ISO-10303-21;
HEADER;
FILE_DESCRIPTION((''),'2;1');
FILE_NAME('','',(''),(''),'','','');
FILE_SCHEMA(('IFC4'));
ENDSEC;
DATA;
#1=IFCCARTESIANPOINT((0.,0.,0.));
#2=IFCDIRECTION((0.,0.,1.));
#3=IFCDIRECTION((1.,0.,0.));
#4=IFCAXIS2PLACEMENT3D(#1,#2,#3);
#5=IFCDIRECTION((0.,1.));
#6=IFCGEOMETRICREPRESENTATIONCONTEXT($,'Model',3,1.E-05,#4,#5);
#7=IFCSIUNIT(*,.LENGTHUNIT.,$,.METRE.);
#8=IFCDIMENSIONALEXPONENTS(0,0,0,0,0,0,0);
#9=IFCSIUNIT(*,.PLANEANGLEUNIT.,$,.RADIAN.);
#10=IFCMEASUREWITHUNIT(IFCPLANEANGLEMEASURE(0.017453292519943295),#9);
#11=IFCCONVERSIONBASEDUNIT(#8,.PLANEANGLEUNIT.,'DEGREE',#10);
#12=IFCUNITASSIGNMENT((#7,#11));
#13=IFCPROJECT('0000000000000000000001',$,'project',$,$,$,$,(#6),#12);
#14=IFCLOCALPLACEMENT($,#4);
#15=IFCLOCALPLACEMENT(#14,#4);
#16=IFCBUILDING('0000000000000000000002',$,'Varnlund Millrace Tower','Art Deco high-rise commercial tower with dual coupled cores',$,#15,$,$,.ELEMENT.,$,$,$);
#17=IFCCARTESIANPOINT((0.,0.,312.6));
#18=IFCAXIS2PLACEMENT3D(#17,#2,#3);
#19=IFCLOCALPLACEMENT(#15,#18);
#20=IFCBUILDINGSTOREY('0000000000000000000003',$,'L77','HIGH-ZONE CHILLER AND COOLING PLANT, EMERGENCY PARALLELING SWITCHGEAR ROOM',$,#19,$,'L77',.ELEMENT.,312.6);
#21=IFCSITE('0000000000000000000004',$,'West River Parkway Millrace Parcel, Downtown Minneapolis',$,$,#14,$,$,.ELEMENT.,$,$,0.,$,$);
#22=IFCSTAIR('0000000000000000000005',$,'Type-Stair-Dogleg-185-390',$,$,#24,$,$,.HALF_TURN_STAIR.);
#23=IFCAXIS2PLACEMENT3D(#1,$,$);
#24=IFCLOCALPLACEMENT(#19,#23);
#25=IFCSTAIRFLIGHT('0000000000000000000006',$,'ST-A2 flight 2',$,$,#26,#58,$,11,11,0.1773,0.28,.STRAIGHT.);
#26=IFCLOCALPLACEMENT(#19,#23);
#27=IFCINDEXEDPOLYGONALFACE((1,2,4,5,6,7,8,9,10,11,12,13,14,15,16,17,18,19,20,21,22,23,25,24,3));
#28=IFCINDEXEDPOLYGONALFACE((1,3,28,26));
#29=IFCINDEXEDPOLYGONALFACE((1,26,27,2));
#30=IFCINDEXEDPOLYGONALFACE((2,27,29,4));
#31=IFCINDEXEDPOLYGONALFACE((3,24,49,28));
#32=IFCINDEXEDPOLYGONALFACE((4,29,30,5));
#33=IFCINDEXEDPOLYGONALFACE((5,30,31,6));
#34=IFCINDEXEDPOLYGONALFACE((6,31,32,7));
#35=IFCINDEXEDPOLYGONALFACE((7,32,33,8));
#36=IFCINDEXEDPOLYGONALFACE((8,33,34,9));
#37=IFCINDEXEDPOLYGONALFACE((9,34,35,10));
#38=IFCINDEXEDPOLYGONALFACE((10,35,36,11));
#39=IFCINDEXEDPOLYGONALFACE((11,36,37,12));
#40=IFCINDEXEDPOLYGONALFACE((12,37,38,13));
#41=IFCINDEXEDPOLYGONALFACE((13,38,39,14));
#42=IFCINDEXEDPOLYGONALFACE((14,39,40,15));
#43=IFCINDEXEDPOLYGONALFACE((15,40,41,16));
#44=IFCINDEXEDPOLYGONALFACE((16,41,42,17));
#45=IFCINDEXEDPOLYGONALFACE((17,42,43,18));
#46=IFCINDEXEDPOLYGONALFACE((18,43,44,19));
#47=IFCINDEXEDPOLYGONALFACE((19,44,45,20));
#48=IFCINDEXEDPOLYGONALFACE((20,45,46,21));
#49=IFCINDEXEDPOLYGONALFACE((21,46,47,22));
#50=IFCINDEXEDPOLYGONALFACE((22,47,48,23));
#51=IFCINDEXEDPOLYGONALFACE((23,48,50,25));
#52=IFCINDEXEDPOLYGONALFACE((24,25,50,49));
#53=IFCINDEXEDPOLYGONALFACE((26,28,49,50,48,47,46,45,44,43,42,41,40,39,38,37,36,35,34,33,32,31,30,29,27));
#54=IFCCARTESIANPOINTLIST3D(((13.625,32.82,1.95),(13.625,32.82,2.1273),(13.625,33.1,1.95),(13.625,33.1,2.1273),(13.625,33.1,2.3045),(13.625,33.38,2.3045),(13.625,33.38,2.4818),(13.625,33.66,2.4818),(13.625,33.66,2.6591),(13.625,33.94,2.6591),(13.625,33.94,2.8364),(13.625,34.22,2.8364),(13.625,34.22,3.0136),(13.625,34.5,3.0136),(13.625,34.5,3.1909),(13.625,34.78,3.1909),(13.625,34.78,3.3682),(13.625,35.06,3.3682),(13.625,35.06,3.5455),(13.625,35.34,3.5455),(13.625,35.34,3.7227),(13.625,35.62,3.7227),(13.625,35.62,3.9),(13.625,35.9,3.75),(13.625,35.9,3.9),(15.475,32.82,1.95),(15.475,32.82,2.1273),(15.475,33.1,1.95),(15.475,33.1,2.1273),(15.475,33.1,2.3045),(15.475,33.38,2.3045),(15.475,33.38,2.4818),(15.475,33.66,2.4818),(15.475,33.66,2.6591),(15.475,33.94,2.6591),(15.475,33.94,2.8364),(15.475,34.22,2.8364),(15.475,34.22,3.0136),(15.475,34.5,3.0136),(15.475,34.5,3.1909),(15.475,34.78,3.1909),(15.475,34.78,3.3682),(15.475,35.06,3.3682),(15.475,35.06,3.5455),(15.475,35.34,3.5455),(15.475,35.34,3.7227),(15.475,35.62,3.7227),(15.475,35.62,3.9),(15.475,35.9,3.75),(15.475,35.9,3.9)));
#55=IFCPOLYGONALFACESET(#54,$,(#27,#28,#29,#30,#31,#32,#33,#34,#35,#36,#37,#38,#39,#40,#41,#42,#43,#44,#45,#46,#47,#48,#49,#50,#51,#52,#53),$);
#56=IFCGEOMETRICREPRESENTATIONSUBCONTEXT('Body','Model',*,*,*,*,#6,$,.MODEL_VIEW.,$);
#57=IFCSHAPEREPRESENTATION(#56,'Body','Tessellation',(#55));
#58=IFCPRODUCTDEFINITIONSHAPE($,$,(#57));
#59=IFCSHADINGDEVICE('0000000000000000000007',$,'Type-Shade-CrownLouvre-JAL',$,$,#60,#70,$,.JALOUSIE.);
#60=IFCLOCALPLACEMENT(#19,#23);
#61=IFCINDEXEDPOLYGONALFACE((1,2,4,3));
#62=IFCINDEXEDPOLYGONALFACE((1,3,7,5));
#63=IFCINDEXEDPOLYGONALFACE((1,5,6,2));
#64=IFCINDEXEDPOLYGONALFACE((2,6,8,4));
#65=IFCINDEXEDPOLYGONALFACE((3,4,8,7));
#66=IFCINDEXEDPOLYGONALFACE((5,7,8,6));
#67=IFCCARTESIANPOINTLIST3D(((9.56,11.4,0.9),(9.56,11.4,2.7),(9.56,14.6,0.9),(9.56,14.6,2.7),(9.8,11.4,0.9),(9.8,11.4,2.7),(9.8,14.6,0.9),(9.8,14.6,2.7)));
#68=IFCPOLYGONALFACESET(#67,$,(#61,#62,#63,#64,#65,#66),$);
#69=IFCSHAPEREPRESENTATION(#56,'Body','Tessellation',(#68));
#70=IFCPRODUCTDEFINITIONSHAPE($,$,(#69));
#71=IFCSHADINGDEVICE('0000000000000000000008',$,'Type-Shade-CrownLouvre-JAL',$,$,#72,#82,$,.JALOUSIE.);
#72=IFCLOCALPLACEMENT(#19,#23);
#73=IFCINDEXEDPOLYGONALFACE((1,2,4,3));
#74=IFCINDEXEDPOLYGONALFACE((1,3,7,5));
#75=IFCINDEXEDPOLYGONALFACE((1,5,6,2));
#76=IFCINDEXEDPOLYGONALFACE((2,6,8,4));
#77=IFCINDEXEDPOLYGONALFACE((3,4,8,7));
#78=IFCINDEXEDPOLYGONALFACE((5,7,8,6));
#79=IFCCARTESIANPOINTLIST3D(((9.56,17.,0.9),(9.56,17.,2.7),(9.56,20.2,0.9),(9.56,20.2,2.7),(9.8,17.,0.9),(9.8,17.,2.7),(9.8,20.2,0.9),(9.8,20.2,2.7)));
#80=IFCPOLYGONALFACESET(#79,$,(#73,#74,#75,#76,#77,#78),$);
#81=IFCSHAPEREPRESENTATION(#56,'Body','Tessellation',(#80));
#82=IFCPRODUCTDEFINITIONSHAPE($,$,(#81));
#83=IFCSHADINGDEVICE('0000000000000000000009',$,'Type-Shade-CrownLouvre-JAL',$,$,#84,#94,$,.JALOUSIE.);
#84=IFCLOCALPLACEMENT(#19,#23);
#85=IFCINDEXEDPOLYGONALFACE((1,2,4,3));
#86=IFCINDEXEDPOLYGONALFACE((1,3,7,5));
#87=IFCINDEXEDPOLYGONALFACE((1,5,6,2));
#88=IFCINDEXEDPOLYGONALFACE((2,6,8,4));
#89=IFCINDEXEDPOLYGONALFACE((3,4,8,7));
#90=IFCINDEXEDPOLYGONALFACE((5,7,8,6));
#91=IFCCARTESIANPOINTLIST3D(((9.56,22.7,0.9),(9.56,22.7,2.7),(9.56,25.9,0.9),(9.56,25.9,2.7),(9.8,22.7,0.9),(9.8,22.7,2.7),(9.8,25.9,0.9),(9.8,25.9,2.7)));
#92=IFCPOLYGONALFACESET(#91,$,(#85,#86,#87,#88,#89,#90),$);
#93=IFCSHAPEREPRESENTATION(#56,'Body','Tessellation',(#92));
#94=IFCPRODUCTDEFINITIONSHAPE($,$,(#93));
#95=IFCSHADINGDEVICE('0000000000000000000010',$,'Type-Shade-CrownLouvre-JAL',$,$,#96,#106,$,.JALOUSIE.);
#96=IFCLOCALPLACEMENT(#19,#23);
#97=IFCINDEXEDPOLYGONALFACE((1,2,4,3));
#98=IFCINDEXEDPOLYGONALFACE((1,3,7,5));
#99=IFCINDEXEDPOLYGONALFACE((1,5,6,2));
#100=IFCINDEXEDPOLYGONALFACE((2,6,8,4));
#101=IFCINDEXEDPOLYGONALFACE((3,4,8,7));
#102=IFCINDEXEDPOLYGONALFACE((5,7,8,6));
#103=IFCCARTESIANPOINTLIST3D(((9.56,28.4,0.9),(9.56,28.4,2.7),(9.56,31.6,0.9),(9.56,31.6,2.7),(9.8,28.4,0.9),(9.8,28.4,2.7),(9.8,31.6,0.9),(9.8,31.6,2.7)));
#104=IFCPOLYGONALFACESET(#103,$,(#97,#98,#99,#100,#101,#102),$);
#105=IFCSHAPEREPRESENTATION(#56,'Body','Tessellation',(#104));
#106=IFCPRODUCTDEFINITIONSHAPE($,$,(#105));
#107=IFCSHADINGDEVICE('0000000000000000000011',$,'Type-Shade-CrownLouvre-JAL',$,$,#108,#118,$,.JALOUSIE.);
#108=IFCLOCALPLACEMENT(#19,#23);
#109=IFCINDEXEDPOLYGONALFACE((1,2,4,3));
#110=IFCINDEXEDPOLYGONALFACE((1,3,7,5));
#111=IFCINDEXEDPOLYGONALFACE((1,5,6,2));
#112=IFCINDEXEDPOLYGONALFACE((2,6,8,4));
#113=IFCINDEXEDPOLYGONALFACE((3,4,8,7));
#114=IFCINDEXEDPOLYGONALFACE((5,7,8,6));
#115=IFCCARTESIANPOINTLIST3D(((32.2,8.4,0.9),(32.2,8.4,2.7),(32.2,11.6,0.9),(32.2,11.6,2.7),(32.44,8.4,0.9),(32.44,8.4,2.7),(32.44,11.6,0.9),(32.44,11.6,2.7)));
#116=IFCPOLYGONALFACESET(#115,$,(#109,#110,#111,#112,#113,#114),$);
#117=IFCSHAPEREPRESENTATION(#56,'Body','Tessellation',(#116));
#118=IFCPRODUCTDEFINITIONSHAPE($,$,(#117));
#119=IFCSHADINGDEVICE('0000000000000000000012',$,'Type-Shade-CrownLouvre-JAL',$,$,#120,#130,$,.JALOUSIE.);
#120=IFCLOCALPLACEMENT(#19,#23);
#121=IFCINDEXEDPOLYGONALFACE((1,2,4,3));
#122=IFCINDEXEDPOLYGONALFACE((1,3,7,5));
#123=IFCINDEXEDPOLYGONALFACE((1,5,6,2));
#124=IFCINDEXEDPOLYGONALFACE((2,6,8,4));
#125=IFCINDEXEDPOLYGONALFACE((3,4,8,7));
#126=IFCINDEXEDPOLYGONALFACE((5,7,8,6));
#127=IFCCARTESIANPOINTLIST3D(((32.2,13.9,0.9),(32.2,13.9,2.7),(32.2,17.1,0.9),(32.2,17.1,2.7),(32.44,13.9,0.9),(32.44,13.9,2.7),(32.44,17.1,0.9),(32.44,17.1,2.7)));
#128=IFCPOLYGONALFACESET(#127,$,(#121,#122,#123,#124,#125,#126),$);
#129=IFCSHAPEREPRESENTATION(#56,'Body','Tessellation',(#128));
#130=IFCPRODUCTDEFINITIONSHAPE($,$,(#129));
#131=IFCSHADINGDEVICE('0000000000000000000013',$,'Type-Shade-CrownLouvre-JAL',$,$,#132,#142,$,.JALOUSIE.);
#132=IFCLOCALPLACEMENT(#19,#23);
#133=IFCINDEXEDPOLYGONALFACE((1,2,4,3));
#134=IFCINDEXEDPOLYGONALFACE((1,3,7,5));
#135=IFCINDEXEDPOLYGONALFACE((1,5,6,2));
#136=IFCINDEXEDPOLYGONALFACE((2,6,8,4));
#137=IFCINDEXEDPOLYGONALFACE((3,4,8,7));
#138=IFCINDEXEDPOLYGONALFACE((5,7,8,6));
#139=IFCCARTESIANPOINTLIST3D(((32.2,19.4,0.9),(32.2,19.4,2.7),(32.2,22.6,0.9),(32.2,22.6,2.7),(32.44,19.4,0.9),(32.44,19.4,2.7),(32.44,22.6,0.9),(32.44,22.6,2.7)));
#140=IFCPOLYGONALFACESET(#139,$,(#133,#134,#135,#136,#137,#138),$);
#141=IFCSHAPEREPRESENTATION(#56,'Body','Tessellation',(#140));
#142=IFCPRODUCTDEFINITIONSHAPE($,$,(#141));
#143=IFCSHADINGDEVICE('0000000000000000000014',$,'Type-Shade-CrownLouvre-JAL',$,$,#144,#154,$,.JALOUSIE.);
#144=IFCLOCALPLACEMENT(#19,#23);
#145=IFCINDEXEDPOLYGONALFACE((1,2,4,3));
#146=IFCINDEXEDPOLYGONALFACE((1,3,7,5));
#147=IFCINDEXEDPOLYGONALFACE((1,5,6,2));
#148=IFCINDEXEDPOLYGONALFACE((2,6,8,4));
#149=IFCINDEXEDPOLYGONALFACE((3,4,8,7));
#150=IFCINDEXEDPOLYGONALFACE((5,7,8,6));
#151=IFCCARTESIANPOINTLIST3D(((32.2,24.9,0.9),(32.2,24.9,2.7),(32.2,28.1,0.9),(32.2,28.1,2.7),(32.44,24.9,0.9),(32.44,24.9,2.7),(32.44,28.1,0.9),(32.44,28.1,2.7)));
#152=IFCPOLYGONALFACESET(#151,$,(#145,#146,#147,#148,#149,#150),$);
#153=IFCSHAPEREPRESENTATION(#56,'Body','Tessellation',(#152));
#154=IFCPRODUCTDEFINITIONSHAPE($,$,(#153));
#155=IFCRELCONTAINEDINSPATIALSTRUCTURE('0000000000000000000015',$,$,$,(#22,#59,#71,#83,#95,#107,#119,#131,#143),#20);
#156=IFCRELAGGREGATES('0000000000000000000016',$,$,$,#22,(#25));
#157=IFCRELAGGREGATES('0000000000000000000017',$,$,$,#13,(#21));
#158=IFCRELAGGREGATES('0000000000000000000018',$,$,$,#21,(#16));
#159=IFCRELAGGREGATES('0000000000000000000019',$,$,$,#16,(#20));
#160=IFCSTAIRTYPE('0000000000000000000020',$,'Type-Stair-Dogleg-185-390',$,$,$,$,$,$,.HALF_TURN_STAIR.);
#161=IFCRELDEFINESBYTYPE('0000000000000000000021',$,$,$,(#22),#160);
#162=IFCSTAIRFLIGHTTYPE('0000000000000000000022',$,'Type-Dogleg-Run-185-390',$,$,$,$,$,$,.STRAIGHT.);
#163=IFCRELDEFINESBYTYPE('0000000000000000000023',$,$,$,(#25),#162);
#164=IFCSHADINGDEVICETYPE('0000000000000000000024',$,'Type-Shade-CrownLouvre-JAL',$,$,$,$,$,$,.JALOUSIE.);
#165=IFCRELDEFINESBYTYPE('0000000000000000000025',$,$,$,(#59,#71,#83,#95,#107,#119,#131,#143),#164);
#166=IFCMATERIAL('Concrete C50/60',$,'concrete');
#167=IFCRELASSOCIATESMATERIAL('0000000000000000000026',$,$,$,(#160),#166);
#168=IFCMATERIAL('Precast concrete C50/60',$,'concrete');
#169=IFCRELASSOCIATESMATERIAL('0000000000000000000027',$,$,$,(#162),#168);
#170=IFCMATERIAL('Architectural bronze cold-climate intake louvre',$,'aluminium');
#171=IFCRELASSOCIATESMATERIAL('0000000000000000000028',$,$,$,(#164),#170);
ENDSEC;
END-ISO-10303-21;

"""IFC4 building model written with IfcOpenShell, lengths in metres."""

from ifc_helpers import new_model, entity, si_unit, converted_unit, direction, frame, origin_with_axes, origin_2d_with_axis, place, context, subcontext, project, spatial, polyline, rectangle, outline, extrude, material, type_object, element, aggregate, save


model = new_model("IFC4")

# Units and contexts
model_context = context("Model", 3, precision=1e-05, world=origin_with_axes(), true_north=direction((0.0, 1.0)))
body_context = subcontext(model_context, "Body", "Model", "MODEL_VIEW")
ifc_project = project(units=[si_unit("LENGTHUNIT", "METRE"), converted_unit("PLANEANGLEUNIT", "DEGREE", entity("IfcPlaneAngleMeasure", 0.017453292519943295), si_unit("PLANEANGLEUNIT", "RADIAN"), dimensions=[0, 0, 0, 0, 0, 0, 0])], contexts=[model_context])

# Site, building, storey
site_placement = place(None, origin_with_axes())
site = spatial("IfcSite", under=ifc_project, at=site_placement, Name="West River Parkway Millrace Parcel, Downtown Minneapolis", CompositionType="ELEMENT", RefElevation=0.0)
building_placement = place(site_placement, origin_with_axes())
building = spatial("IfcBuilding", under=site, at=building_placement, Name="Varnlund Millrace Tower", Description="Art Deco high-rise commercial tower with dual coupled cores", CompositionType="ELEMENT")
storey_placement = place(building_placement, frame((0.0, 0.0, 312.6), z_axis=(0.0, 0.0, 1.0), x_axis=(1.0, 0.0, 0.0)))
storey = spatial("IfcBuildingStorey", under=building, at=storey_placement, Name="L77", Description="HIGH-ZONE CHILLER AND COOLING PLANT, EMERGENCY PARALLELING SWITCHGEAR ROOM", LongName="L77", CompositionType="ELEMENT", Elevation=312.6)

# Stair
ifc_material_1 = material(Name="Concrete C50/60", Category="concrete")
stair_type = type_object("IfcStairType", Name="Type-Stair-Dogleg-185-390", PredefinedType="HALF_TURN_STAIR", material=ifc_material_1)
stair_1_placement = place(storey_placement, origin_with_axes())
stair_1 = element("IfcStair", 1, at=stair_1_placement, inside=storey, type_object=stair_type, Name="Type-Stair-Dogleg-185-390", PredefinedType="HALF_TURN_STAIR")

# Shared definitions
ifc_material_2 = material(Name="Precast concrete C50/60", Category="concrete")

# Stair flight
stair_flight_type = type_object("IfcStairFlightType", Name="Type-Dogleg-Run-185-390", PredefinedType="STRAIGHT", material=ifc_material_2)
stair_flight_1_placement = place(storey_placement, frame((13.625, 32.82, 1.95), z_axis=(1.0, 0.0, 0.0), x_axis=(0.0, 1.0, 0.0)))
stair_flight_1 = element("IfcStairFlight", 2, at=stair_flight_1_placement, type_object=stair_flight_type, Name="ST-A2 flight 2", NumberOfRisers=11, NumberOfTreads=11, PredefinedType="STRAIGHT", RiserHeight=0.1773, TreadLength=0.28, context=body_context, shape_type="SweptSolid", body=[
    extrude(outline(polyline([(0.0, 0.0), (0.0, 0.1773), (0.28, 0.1773), (0.28, 0.3545), (0.56, 0.3545), (0.56, 0.5318), (0.84, 0.5318), (0.84, 0.7091), (1.12, 0.7091), (1.12, 0.8864), (1.4, 0.8864), (1.4, 1.0636), (1.68, 1.0636), (1.68, 1.2409), (1.96, 1.2409), (1.96, 1.4182), (2.24, 1.4182), (2.24, 1.5955), (2.52, 1.5955), (2.52, 1.7727), (2.8, 1.7727), (2.8, 1.95), (3.08, 1.95), (3.08, 1.8), (0.28, 0.0), (0.0, 0.0)])), origin_with_axes(), (0.0, 0.0, 1.0), 1.85),
])
aggregate(stair_1, [stair_flight_1])

# Shading devices
ifc_material_3 = material(Name="Architectural bronze cold-climate intake louvre", Category="aluminium")
shading_device_type = type_object("IfcShadingDeviceType", Name="Type-Shade-CrownLouvre-JAL", PredefinedType="JALOUSIE", material=ifc_material_3)
for number, where, z_axis, x_axis, name in (
    (3, (9.68, 13.0, 0.9), (0.0, 0.0, 1.0), (0.0, 1.0, 0.0), "Type-Shade-CrownLouvre-JAL"),
    (4, (9.68, 18.6, 0.9), (0.0, 0.0, 1.0), (0.0, 1.0, 0.0), "Type-Shade-CrownLouvre-JAL"),
    (5, (9.68, 24.3, 0.9), (0.0, 0.0, 1.0), (0.0, 1.0, 0.0), "Type-Shade-CrownLouvre-JAL"),
    (6, (9.68, 30.0, 0.9), (0.0, 0.0, 1.0), (0.0, 1.0, 0.0), "Type-Shade-CrownLouvre-JAL"),
    (7, (32.32, 10.0, 0.9), (0.0, 0.0, 1.0), (0.0, 1.0, 0.0), "Type-Shade-CrownLouvre-JAL"),
    (8, (32.32, 15.5, 0.9), (0.0, 0.0, 1.0), (0.0, 1.0, 0.0), "Type-Shade-CrownLouvre-JAL"),
    (9, (32.32, 21.0, 0.9), (0.0, 0.0, 1.0), (0.0, 1.0, 0.0), "Type-Shade-CrownLouvre-JAL"),
    (10, (32.32, 26.5, 0.9), (0.0, 0.0, 1.0), (0.0, 1.0, 0.0), "Type-Shade-CrownLouvre-JAL"),
):
    element("IfcShadingDevice", number, at=place(storey_placement, frame(where, z_axis=z_axis, x_axis=x_axis)), inside=storey, type_object=shading_device_type, Name=name, PredefinedType="JALOUSIE", context=body_context, shape_type="SweptSolid", body=[
        extrude(rectangle(XDim=3.2, YDim=0.24, at=origin_2d_with_axis()), origin_with_axes(), (0.0, 0.0, 1.0), 1.8),
    ])

save(model, "model.ifc")
